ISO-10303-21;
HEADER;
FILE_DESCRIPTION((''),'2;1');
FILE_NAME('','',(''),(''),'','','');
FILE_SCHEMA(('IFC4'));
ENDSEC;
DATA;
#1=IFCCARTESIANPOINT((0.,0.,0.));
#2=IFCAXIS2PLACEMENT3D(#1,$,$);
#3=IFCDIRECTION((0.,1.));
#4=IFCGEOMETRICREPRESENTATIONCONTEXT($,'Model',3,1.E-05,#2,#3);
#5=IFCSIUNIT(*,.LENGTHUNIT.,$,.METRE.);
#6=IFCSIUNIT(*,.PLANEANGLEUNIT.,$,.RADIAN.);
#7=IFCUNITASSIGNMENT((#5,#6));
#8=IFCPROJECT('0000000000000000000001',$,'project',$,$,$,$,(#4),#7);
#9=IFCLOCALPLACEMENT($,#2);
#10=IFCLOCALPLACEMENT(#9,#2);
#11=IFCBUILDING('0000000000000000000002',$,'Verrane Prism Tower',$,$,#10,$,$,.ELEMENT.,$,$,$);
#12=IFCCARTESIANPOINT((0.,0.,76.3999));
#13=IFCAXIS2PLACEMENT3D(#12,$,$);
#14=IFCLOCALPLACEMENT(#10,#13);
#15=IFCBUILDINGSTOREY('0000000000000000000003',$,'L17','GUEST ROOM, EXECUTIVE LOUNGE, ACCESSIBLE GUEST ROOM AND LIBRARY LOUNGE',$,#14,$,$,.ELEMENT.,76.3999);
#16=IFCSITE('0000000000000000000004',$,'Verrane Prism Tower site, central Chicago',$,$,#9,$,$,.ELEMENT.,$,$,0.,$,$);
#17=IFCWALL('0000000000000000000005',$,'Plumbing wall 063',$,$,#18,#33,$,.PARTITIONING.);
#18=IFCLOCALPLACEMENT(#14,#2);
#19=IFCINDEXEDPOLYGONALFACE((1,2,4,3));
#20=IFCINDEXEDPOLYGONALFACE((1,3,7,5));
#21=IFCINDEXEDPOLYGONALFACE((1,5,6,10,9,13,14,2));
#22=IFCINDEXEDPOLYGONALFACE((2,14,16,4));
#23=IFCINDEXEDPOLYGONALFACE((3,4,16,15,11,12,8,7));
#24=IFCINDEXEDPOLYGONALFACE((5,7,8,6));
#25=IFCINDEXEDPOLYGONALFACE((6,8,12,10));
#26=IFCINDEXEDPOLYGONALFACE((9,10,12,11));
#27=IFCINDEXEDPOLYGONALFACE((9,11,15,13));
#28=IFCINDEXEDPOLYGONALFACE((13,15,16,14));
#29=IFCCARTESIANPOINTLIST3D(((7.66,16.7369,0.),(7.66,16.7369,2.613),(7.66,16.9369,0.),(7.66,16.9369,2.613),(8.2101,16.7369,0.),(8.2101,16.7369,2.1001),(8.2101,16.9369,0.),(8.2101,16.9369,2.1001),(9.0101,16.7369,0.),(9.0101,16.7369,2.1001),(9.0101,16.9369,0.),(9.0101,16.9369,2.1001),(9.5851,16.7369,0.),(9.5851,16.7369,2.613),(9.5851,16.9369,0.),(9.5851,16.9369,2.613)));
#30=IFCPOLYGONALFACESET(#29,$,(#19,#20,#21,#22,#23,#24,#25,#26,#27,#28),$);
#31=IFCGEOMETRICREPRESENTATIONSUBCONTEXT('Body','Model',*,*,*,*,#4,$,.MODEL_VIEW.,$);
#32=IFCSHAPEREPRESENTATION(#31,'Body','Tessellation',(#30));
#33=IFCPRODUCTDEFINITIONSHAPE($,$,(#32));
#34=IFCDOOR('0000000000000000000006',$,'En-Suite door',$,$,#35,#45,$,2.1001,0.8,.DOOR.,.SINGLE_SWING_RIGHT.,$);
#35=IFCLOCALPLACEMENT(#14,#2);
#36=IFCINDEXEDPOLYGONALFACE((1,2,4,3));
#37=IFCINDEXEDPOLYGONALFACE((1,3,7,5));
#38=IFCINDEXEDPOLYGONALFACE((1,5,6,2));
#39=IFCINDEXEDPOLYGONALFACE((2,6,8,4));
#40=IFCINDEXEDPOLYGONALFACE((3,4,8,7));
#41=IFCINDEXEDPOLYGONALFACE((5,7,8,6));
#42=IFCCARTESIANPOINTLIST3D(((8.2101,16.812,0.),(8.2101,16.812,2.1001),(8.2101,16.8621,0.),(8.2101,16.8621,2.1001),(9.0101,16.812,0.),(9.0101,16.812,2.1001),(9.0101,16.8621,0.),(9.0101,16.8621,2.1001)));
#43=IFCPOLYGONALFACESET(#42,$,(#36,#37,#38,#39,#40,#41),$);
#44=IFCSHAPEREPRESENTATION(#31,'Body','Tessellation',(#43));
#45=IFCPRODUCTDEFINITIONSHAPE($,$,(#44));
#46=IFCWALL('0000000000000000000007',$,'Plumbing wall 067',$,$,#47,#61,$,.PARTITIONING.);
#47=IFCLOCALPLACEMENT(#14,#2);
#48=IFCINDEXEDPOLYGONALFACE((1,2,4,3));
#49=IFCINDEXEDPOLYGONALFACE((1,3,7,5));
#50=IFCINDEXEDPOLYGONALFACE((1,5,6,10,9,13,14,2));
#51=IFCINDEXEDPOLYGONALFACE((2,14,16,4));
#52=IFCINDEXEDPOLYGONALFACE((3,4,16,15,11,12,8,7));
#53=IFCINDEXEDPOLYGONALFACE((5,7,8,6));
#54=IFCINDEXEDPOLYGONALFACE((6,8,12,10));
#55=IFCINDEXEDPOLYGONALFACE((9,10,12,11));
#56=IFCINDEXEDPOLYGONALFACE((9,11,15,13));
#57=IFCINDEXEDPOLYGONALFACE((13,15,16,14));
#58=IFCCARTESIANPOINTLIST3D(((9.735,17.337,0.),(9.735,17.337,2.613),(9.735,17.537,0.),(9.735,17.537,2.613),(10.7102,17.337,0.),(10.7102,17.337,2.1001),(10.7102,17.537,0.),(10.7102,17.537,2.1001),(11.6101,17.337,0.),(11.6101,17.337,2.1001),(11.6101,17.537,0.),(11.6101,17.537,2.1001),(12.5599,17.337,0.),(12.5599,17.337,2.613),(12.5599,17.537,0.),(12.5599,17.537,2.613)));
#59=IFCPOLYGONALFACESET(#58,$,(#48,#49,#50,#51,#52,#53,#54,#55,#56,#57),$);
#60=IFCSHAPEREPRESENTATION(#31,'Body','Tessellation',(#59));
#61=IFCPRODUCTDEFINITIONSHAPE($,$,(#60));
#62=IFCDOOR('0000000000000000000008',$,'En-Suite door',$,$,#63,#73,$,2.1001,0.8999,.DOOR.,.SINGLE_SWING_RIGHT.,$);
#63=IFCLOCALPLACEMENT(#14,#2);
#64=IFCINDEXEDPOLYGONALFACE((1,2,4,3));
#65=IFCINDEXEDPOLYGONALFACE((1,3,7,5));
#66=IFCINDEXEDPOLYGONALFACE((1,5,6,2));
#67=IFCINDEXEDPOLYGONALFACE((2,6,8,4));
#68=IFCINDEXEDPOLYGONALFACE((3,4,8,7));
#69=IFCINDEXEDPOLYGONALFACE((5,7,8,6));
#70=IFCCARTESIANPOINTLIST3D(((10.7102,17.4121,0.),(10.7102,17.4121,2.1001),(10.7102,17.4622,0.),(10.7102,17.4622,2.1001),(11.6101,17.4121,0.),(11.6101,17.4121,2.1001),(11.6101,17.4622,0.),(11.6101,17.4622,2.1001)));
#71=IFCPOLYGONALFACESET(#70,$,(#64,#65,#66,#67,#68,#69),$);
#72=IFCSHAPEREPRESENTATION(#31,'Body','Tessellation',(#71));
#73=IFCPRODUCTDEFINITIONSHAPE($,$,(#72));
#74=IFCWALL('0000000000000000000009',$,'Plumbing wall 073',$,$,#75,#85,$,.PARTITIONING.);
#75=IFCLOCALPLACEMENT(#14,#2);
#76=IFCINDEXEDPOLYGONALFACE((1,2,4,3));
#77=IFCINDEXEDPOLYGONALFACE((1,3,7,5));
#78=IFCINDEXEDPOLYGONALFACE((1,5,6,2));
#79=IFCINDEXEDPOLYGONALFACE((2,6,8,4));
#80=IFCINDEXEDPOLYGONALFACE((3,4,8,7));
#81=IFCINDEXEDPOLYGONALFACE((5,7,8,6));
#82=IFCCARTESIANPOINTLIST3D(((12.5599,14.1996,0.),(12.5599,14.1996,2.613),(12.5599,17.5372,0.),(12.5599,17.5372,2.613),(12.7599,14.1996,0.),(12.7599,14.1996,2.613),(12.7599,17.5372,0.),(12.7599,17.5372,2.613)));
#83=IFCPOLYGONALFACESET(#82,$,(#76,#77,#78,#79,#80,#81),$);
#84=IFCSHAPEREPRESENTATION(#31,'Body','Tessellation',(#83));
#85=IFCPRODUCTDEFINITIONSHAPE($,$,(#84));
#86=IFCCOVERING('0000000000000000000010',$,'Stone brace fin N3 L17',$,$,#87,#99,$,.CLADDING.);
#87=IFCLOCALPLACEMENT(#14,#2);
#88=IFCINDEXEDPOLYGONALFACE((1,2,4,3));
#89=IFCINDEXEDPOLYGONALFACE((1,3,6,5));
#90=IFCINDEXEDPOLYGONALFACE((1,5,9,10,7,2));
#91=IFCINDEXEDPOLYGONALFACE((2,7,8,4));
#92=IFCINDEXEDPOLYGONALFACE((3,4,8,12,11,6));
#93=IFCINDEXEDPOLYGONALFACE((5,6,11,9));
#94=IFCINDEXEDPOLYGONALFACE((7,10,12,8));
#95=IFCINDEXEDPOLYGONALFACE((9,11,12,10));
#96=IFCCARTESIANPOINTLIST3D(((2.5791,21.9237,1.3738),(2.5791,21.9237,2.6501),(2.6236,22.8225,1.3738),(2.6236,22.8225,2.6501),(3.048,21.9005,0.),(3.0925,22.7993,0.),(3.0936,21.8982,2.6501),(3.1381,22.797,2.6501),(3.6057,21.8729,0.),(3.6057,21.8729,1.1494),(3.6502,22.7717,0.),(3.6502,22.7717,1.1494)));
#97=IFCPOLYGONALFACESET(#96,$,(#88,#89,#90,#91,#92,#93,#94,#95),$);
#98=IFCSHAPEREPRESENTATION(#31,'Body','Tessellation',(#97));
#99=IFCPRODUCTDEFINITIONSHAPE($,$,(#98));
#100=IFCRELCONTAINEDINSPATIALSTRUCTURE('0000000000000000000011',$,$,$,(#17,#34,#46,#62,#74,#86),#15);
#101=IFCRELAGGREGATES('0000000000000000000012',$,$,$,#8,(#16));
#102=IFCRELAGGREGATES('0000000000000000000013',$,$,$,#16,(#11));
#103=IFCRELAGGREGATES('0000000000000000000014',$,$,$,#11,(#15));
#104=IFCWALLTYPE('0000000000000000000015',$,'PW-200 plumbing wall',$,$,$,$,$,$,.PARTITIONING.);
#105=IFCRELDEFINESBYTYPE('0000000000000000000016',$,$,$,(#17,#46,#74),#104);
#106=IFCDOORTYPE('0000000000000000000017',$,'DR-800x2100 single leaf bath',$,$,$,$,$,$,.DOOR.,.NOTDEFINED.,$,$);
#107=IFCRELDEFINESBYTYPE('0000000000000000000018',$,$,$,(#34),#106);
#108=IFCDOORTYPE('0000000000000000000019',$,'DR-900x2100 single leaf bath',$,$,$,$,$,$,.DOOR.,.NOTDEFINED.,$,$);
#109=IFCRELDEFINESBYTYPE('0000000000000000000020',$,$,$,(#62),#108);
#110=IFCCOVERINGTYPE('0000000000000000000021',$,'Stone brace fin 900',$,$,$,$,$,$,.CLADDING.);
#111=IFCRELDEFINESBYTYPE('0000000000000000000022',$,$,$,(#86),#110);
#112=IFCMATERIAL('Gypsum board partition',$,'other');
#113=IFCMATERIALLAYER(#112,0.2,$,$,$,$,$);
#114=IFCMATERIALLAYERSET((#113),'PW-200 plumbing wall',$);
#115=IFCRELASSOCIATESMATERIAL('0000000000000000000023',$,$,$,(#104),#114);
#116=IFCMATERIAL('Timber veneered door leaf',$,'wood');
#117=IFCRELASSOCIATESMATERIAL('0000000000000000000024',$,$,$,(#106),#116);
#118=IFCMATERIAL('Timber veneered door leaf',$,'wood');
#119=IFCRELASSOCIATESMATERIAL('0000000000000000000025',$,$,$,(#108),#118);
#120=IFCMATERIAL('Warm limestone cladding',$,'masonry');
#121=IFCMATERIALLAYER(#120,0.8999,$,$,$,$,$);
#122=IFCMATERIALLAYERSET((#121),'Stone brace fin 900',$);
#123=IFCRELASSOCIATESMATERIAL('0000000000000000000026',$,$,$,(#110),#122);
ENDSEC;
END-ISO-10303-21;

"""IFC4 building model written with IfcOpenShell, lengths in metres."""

from ifc_helpers import new_model, si_unit, direction, frame, frame_2d, origin, place, context, subcontext, project, spatial, polyline, rectangle, outline, extrude, material, layer, layer_set, type_object, element, fill, save


model = new_model("IFC4")

# Units and contexts
model_context = context("Model", 3, precision=1e-05, world=origin(), true_north=direction((0.0, 1.0)))
body_context = subcontext(model_context, "Body", "Model", "MODEL_VIEW")
ifc_project = project(units=[si_unit("LENGTHUNIT", "METRE"), si_unit("PLANEANGLEUNIT", "RADIAN")], contexts=[model_context])

# Site, building, storey
site_placement = place(None, origin())
site = spatial("IfcSite", under=ifc_project, at=site_placement, Name="Verrane Prism Tower site, central Chicago", CompositionType="ELEMENT", RefElevation=0.0)
building_placement = place(site_placement, origin())
building = spatial("IfcBuilding", under=site, at=building_placement, Name="Verrane Prism Tower", CompositionType="ELEMENT")
storey_placement = place(building_placement, frame((0.0, 0.0, 76.3999)))
storey = spatial("IfcBuildingStorey", under=building, at=storey_placement, Name="L17", Description="GUEST ROOM, EXECUTIVE LOUNGE, ACCESSIBLE GUEST ROOM AND LIBRARY LOUNGE", CompositionType="ELEMENT", Elevation=76.3999)

# Shared definitions
ifc_material_1 = material(Name="Gypsum board partition", Category="other")
ifc_layer_1 = layer(ifc_material_1, 0.2)
ifc_layer_set_1 = layer_set([ifc_layer_1], Name="PW-200 plumbing wall")
wall_type_1 = type_object("IfcWallType", Name="PW-200 plumbing wall", PredefinedType="PARTITIONING", material=ifc_layer_set_1)
ifc_material_2 = material(Name="Timber veneered door leaf", Category="wood")
door_type_1 = type_object("IfcDoorType", Name="DR-800x2100 single leaf bath", OperationType="NOTDEFINED", PredefinedType="DOOR", material=ifc_material_2)

# Walls, openings, doors
wall_1_placement = place(storey_placement, frame((9.585, 16.8369, 0.0), z_axis=(0.0, 0.0, 1.0), x_axis=(-1.0, 0.0, 0.0)))
wall_1 = element("IfcWall", 1, at=wall_1_placement, inside=storey, type_object=wall_type_1, Name="Plumbing wall 063", PredefinedType="PARTITIONING", context=body_context, shape_type="SweptSolid", body=[
    extrude(rectangle(XDim=1.925, YDim=0.2, at=frame_2d((0.9624, 0.0))), origin(), (0.0, 0.0, 1.0), 2.613),
])
opening_1_placement = place(wall_1_placement, frame((0.575, 0.0, 0.0)))
opening_1 = element("IfcOpeningElement", 2, at=opening_1_placement, cuts=wall_1, PredefinedType="OPENING", context=body_context, shape_type="SweptSolid", body=[
    extrude(rectangle(XDim=0.8, YDim=2.1001, at=frame_2d((0.3999, 1.05))), frame((0.0, 0.1099, 0.0), z_axis=(0.0, -1.0, 0.0), x_axis=(1.0, 0.0, 0.0)), (0.0, 0.0, 1.0), 0.22),
])
door_1_placement = place(opening_1_placement, origin())
door_1 = element("IfcDoor", 3, at=door_1_placement, inside=storey, type_object=door_type_1, Name="En-Suite door", OperationType="SINGLE_SWING_RIGHT", OverallHeight=2.1001, OverallWidth=0.8, PredefinedType="DOOR", context=body_context, shape_type="SweptSolid", body=[
    extrude(rectangle(XDim=0.8, YDim=2.1001, at=frame_2d((0.3999, 1.05))), frame((0.0, 0.0249, 0.0), z_axis=(0.0, -1.0, 0.0), x_axis=(1.0, 0.0, 0.0)), (0.0, 0.0, 1.0), 0.05),
])
fill(opening_1, door_1)
wall_2_placement = place(storey_placement, frame((12.5601, 17.437, 0.0), z_axis=(0.0, 0.0, 1.0), x_axis=(-1.0, 0.0, 0.0)))
wall_2 = element("IfcWall", 4, at=wall_2_placement, inside=storey, type_object=wall_type_1, Name="Plumbing wall 067", PredefinedType="PARTITIONING", context=body_context, shape_type="SweptSolid", body=[
    extrude(rectangle(XDim=2.825, YDim=0.2, at=frame_2d((1.4126, 0.0))), origin(), (0.0, 0.0, 1.0), 2.613),
])
opening_2_placement = place(wall_2_placement, frame((0.95, 0.0, 0.0)))
opening_2 = element("IfcOpeningElement", 5, at=opening_2_placement, cuts=wall_2, PredefinedType="OPENING", context=body_context, shape_type="SweptSolid", body=[
    extrude(rectangle(XDim=0.8999, YDim=2.1001, at=frame_2d((0.45, 1.05))), frame((0.0, 0.1099, 0.0), z_axis=(0.0, -1.0, 0.0), x_axis=(1.0, 0.0, 0.0)), (0.0, 0.0, 1.0), 0.22),
])
ifc_material_3 = material(Name="Timber veneered door leaf", Category="wood")
door_type_2 = type_object("IfcDoorType", Name="DR-900x2100 single leaf bath", OperationType="NOTDEFINED", PredefinedType="DOOR", material=ifc_material_3)
door_2_placement = place(opening_2_placement, origin())
door_2 = element("IfcDoor", 6, at=door_2_placement, inside=storey, type_object=door_type_2, Name="En-Suite door", OperationType="SINGLE_SWING_RIGHT", OverallHeight=2.1001, OverallWidth=0.8999, PredefinedType="DOOR", context=body_context, shape_type="SweptSolid", body=[
    extrude(rectangle(XDim=0.8999, YDim=2.1001, at=frame_2d((0.45, 1.05))), frame((0.0, 0.0249, 0.0), z_axis=(0.0, -1.0, 0.0), x_axis=(1.0, 0.0, 0.0)), (0.0, 0.0, 1.0), 0.05),
])
fill(opening_2, door_2)

# Wall
wall_3_placement = place(storey_placement, frame((12.6599, 14.1995, 0.0), z_axis=(0.0, 0.0, 1.0), x_axis=(0.0, 1.0, 0.0)))
element("IfcWall", 7, at=wall_3_placement, inside=storey, type_object=wall_type_1, Name="Plumbing wall 073", PredefinedType="PARTITIONING", context=body_context, shape_type="SweptSolid", body=[
    extrude(rectangle(XDim=3.3376, YDim=0.2, at=frame_2d((1.6689, 0.0))), origin(), (0.0, 0.0, 1.0), 2.613),
])

# Covering
ifc_material_4 = material(Name="Warm limestone cladding", Category="masonry")
ifc_layer_2 = layer(ifc_material_4, 0.8999)
ifc_layer_set_2 = layer_set([ifc_layer_2], Name="Stone brace fin 900")
covering_type = type_object("IfcCoveringType", Name="Stone brace fin 900", PredefinedType="CLADDING", material=ifc_layer_set_2)
covering_placement = place(storey_placement, frame((3.6279, 22.3223, 0.0), z_axis=(0.0, 0.0, 1.0), x_axis=(-0.998778, 0.049416, 0.0)))
element("IfcCovering", 8, at=covering_placement, inside=storey, type_object=covering_type, Name="Stone brace fin N3 L17", PredefinedType="CLADDING", context=body_context, shape_type="SweptSolid", body=[
    extrude(outline(polyline([(1.0278, 2.6501), (0.5127, 2.6501), (0.0, 1.1494), (0.0, 0.0), (0.5583, 0.0), (1.0278, 1.3738), (1.0278, 2.6501)])), frame((0.0, 0.45, 0.0), z_axis=(0.0, -1.0, 0.0), x_axis=(1.0, 0.0, 0.0)), (0.0, 0.0, 1.0), 0.8999),
])

save(model, "model.ifc")
